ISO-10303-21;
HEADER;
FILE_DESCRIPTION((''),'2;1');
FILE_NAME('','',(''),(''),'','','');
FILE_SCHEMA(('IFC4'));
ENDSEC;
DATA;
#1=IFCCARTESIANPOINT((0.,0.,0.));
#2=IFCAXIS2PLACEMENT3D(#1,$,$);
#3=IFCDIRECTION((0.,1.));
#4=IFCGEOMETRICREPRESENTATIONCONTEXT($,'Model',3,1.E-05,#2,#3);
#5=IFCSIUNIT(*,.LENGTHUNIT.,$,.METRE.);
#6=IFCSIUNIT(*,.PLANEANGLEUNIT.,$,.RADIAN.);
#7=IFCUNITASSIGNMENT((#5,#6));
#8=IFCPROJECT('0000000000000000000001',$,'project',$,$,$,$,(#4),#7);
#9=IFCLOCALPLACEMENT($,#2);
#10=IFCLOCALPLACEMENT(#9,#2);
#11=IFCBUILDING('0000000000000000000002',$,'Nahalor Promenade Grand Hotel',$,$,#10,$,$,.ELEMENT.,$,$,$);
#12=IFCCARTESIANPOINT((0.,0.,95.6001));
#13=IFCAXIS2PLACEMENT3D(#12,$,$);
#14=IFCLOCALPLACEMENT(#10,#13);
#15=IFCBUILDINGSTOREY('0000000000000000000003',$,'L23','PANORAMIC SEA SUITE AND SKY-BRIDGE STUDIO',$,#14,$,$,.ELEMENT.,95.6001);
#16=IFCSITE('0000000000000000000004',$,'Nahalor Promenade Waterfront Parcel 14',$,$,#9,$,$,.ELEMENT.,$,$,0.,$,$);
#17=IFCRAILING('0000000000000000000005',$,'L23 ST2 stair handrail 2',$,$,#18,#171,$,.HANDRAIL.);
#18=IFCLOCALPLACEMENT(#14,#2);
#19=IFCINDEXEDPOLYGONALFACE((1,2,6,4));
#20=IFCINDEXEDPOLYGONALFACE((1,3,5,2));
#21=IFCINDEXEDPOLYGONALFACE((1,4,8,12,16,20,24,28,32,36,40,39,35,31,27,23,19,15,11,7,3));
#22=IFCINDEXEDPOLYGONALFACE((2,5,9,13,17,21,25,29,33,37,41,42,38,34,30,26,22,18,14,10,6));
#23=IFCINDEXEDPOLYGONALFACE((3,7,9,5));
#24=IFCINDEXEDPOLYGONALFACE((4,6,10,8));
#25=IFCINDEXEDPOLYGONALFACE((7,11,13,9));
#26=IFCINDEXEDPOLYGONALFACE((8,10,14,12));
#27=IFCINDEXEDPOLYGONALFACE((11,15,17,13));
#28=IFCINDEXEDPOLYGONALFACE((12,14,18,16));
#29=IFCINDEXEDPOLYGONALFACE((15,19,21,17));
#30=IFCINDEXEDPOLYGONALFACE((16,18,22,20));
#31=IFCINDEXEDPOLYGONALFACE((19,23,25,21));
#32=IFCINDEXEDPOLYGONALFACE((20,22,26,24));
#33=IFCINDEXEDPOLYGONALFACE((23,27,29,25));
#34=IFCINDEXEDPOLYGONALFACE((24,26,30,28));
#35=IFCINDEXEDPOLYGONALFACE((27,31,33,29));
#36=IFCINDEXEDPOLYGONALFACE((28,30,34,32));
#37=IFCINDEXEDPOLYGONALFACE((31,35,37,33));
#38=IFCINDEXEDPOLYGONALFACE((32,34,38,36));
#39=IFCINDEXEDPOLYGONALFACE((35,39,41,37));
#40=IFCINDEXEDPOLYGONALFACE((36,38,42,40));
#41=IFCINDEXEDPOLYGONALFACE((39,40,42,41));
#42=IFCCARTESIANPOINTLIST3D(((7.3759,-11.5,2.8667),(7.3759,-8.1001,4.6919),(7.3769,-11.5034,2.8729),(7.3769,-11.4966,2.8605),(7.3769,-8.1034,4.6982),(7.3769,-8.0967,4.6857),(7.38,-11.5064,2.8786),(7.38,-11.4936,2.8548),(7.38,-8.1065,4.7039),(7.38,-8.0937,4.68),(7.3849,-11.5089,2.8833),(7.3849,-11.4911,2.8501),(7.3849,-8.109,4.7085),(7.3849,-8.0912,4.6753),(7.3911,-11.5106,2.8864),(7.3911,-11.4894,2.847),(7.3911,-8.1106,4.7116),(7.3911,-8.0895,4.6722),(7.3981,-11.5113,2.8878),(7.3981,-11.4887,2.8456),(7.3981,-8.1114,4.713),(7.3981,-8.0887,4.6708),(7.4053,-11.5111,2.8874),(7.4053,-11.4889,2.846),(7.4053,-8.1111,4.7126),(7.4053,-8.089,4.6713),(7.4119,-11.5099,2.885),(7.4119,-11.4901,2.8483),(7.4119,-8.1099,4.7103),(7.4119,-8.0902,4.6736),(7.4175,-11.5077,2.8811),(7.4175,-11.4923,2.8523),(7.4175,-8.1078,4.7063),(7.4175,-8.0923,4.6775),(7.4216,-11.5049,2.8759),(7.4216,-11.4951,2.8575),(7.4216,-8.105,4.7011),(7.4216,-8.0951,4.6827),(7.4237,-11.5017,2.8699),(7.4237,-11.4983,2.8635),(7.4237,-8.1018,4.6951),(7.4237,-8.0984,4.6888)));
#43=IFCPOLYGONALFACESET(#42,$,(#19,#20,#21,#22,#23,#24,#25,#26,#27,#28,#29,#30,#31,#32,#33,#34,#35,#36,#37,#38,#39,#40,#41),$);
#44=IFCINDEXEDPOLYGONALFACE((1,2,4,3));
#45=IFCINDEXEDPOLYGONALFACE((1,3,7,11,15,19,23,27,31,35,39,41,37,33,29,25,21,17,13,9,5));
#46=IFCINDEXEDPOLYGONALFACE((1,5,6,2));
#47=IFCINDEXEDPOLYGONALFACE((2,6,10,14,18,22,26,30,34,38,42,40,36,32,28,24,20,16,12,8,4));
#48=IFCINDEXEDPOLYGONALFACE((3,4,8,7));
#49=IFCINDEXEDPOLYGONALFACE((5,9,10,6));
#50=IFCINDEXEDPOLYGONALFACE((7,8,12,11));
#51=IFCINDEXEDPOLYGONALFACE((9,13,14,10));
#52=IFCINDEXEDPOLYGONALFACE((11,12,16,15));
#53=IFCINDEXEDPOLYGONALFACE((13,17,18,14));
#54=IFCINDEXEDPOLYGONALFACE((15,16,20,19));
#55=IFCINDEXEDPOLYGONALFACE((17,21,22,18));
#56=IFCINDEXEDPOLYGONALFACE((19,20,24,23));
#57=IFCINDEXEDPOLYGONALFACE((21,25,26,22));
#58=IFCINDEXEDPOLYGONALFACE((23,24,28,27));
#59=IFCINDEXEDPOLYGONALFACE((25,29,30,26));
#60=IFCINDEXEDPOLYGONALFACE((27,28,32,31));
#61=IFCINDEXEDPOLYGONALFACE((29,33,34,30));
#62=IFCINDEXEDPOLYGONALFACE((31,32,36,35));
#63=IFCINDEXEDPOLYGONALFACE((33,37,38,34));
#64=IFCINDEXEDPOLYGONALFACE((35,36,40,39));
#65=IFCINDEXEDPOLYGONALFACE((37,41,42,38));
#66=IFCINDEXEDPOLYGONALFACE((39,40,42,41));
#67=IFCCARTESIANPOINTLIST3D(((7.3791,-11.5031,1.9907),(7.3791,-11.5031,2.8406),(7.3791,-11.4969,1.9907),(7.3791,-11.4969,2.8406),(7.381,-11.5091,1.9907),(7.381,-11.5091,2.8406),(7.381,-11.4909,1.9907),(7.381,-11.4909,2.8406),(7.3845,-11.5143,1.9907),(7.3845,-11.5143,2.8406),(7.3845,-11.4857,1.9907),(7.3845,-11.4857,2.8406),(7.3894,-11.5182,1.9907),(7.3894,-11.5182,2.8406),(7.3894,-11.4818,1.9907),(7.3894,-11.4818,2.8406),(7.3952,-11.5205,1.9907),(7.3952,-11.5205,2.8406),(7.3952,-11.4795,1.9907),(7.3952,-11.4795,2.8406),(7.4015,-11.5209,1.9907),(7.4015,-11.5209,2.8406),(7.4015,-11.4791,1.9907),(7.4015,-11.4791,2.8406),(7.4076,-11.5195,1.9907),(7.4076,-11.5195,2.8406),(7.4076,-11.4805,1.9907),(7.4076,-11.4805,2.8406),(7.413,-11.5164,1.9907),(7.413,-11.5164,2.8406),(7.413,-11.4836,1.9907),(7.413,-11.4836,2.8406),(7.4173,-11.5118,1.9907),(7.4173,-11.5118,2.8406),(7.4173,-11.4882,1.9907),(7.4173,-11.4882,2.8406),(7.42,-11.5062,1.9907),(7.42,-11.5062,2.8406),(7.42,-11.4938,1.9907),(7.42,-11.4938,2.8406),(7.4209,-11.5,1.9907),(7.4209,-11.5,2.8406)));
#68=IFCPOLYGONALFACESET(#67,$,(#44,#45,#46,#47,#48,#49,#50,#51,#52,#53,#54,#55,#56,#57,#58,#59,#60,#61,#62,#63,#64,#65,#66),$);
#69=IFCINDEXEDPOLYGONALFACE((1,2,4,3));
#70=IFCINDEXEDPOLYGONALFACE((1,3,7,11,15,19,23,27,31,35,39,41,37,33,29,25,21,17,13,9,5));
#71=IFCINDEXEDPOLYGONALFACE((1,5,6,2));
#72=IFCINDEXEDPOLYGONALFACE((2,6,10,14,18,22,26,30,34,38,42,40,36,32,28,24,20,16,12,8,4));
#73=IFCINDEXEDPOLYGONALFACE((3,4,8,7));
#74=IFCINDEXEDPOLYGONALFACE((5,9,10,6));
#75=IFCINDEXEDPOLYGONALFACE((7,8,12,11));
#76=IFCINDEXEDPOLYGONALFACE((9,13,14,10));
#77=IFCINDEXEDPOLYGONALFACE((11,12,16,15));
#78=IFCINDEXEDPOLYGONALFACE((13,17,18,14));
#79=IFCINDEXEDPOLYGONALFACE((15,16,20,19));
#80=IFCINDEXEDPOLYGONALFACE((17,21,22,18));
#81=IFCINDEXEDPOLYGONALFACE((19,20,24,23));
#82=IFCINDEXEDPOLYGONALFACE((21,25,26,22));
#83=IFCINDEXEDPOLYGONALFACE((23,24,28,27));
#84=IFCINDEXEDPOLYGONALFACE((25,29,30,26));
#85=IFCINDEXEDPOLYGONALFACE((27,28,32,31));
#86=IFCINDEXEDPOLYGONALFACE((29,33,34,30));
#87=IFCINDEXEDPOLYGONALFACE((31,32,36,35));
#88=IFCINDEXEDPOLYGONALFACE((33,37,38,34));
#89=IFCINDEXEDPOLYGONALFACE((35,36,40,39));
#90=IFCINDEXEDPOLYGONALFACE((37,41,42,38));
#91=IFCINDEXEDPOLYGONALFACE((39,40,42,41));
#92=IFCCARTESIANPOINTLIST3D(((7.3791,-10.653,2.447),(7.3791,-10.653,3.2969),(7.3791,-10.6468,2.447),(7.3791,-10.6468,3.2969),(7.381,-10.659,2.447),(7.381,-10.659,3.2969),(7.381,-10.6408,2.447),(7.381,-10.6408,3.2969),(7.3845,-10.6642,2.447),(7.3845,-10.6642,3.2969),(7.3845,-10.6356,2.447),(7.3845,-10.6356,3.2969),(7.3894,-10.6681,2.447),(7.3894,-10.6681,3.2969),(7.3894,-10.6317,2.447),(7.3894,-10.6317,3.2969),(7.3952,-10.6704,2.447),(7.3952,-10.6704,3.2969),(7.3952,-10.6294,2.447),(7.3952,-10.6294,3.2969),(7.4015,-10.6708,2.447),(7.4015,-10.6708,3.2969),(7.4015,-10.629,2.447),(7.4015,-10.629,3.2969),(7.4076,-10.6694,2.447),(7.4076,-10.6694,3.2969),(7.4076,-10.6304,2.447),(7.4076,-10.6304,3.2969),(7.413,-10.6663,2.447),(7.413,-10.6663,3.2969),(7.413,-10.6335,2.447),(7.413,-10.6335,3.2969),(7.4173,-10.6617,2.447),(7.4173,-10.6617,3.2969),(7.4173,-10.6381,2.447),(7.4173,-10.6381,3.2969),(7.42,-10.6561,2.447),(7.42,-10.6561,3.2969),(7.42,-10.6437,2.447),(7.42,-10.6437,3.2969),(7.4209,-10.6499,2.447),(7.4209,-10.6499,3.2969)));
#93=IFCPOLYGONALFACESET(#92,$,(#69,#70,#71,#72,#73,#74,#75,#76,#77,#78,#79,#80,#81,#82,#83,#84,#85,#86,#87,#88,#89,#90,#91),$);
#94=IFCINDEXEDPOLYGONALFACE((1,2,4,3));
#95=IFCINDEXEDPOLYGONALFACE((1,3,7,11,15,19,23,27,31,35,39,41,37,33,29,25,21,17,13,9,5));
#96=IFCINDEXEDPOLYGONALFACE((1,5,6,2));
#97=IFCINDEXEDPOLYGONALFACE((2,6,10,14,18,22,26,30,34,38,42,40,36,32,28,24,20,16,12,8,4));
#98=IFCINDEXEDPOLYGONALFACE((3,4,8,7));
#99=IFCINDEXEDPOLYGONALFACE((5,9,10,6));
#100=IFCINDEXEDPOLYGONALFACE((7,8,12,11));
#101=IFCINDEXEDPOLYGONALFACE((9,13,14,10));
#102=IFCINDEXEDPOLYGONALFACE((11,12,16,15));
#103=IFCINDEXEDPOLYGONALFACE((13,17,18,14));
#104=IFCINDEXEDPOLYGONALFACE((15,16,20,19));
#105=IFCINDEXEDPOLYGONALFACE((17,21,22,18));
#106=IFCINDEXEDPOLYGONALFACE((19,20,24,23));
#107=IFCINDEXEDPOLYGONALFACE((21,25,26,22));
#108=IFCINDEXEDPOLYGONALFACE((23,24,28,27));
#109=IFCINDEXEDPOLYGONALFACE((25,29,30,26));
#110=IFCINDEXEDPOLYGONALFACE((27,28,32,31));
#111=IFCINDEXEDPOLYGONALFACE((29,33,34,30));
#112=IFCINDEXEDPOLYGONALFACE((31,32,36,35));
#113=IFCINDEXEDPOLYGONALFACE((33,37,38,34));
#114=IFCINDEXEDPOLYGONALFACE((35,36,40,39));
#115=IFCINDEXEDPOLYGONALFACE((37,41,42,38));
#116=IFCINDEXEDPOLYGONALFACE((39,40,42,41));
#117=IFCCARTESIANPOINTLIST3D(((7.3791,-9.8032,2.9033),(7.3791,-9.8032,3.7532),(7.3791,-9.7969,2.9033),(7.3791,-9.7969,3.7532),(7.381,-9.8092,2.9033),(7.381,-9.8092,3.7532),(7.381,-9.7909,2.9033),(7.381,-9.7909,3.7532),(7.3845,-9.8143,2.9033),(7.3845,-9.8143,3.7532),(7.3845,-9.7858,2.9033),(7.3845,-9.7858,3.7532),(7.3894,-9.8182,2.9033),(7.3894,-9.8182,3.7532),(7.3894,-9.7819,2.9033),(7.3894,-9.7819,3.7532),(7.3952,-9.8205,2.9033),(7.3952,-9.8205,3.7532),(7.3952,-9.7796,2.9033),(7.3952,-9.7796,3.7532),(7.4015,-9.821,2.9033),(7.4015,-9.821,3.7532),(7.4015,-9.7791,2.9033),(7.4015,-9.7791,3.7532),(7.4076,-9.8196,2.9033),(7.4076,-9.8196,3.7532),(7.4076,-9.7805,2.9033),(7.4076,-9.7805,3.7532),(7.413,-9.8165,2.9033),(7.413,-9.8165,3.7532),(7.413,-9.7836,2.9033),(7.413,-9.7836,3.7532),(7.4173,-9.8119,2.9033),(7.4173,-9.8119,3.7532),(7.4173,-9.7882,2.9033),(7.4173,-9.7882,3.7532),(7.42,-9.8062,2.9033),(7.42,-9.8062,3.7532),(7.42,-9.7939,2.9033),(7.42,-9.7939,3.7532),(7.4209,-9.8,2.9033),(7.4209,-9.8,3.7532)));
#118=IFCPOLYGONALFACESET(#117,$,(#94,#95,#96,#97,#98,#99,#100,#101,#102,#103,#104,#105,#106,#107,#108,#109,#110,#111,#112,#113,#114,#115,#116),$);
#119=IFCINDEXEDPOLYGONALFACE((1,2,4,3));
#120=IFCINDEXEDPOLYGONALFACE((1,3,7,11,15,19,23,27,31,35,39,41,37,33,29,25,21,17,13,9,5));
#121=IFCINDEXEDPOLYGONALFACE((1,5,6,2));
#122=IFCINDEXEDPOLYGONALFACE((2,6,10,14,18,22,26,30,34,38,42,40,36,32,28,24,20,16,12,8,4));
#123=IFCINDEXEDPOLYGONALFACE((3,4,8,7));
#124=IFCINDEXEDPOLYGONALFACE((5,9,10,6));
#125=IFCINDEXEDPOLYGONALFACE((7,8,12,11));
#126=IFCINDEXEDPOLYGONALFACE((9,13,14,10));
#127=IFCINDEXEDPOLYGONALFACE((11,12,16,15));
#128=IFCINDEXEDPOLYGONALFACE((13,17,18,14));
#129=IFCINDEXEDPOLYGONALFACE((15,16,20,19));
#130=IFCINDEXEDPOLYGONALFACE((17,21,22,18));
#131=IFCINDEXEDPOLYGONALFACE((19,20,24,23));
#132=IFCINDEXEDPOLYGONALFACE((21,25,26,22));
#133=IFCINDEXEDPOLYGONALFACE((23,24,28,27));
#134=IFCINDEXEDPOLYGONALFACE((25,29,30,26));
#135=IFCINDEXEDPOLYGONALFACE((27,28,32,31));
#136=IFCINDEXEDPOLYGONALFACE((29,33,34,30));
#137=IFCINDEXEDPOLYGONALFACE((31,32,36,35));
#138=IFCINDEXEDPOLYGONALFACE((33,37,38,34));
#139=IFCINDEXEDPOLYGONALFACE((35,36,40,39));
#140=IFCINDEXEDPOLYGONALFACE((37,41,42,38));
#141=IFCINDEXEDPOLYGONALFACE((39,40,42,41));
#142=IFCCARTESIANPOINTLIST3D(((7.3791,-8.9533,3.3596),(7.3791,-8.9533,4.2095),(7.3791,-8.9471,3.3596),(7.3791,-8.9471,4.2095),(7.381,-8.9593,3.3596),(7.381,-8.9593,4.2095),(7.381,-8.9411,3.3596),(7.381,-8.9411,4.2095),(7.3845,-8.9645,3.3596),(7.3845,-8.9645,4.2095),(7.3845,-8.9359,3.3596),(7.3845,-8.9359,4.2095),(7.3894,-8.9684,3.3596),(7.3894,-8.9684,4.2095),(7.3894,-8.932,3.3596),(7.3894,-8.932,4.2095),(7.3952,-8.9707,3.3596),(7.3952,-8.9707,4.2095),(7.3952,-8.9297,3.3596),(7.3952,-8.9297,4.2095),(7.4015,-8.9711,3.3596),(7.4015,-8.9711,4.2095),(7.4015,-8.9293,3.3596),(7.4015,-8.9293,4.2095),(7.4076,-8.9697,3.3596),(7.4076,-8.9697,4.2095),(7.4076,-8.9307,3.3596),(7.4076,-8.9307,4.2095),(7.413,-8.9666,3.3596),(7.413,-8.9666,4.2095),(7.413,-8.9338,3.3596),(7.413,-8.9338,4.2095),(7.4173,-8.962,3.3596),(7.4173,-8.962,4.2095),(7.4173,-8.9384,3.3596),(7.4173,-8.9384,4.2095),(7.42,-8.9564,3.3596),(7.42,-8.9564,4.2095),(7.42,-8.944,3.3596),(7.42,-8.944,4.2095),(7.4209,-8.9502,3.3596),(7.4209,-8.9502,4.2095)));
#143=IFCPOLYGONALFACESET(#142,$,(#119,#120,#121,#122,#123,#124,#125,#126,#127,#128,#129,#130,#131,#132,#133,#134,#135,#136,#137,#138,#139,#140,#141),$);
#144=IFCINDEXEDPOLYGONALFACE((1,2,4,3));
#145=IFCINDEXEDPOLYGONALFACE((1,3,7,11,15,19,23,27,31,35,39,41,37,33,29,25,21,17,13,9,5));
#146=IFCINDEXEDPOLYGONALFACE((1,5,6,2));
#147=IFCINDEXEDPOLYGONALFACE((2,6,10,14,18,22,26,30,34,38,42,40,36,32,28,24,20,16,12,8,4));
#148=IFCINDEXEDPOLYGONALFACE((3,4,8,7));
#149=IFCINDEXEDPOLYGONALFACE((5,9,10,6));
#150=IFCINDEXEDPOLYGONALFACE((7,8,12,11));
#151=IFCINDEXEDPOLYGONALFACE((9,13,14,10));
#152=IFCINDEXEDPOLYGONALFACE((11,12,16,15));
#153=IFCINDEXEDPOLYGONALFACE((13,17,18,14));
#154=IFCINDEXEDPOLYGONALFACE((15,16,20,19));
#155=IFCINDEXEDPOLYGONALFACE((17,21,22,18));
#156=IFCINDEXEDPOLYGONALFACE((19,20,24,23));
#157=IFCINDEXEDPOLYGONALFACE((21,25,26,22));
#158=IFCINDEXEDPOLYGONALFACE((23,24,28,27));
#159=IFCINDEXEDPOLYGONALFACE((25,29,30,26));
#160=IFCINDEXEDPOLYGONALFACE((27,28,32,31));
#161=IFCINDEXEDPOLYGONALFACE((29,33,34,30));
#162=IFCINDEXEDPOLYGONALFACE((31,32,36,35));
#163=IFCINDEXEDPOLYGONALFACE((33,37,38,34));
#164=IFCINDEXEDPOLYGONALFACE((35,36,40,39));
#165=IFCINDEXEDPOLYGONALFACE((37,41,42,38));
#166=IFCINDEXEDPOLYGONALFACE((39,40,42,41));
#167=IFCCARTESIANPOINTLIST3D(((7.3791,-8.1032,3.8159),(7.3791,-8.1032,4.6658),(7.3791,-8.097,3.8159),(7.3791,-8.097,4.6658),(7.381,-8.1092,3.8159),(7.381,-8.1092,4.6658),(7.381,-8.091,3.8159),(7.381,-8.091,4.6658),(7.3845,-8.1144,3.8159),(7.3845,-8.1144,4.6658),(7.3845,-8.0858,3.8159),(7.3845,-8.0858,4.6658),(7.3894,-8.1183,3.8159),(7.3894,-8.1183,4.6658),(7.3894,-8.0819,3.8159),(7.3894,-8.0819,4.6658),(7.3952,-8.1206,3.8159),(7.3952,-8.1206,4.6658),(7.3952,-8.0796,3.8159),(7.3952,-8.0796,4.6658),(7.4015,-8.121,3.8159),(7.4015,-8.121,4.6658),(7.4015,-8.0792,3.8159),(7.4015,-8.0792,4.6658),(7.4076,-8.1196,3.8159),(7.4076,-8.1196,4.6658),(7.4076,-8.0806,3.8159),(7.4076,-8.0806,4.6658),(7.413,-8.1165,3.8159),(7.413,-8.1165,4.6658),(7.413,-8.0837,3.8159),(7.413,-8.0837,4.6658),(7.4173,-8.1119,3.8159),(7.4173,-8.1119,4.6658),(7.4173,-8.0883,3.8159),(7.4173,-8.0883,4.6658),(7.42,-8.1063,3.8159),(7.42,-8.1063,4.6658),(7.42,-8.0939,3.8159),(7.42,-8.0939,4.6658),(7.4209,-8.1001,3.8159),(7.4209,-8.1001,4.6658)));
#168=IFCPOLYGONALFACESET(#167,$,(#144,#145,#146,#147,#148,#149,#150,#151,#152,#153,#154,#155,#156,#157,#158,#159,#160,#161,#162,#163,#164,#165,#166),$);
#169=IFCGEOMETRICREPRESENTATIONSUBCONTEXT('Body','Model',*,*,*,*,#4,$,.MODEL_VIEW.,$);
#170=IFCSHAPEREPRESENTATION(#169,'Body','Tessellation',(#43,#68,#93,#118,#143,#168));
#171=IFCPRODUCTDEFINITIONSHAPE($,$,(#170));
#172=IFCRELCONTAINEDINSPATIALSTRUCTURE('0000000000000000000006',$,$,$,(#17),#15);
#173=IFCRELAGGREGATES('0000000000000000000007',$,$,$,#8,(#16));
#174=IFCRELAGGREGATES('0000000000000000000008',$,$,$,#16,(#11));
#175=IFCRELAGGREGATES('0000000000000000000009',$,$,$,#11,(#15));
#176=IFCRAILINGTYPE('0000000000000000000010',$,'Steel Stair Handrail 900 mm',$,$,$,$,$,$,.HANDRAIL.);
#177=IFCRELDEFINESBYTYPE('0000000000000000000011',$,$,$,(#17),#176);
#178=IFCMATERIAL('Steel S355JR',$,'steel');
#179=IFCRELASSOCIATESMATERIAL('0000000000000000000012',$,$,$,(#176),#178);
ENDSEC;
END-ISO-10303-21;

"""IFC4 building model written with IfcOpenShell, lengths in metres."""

from ifc_helpers import new_model, si_unit, direction, frame, origin, origin_2d, place, context, subcontext, project, spatial, circle, extrude, material, type_object, element, save


model = new_model("IFC4")

# Units and contexts
model_context = context("Model", 3, precision=1e-05, world=origin(), true_north=direction((0.0, 1.0)))
body_context = subcontext(model_context, "Body", "Model", "MODEL_VIEW")
ifc_project = project(units=[si_unit("LENGTHUNIT", "METRE"), si_unit("PLANEANGLEUNIT", "RADIAN")], contexts=[model_context])

# Site, building, storey
site_placement = place(None, origin())
site = spatial("IfcSite", under=ifc_project, at=site_placement, Name="Nahalor Promenade Waterfront Parcel 14", CompositionType="ELEMENT", RefElevation=0.0)
building_placement = place(site_placement, origin())
building = spatial("IfcBuilding", under=site, at=building_placement, Name="Nahalor Promenade Grand Hotel", CompositionType="ELEMENT")
storey_placement = place(building_placement, frame((0.0, 0.0, 95.6001)))
storey = spatial("IfcBuildingStorey", under=building, at=storey_placement, Name="L23", Description="PANORAMIC SEA SUITE AND SKY-BRIDGE STUDIO", CompositionType="ELEMENT", Elevation=95.6001)

# Shared definitions
ifc_material_1 = material(Name="Steel S355JR", Category="steel")

# Railing
railing_type_1 = type_object("IfcRailingType", Name="Steel Stair Handrail 900 mm", PredefinedType="HANDRAIL", material=ifc_material_1)
railing_1_placement = place(storey_placement, frame((7.3999, -11.5, 1.9907)))
element("IfcRailing", 1, at=railing_1_placement, inside=storey, type_object=railing_type_1, Name="L23 ST2 stair handrail 2", PredefinedType="HANDRAIL", context=body_context, shape_type="SweptSolid", body=[
    extrude(circle(Radius=0.024, at=origin_2d()), frame((0.0, 0.0, 0.876), z_axis=(0.0, 0.881068, 0.47299), x_axis=(-1.0, 0.0, 0.0)), (0.0, 0.0, 1.0), 3.8589),
    extrude(circle(Radius=0.021, at=origin_2d()), origin(), (0.0, 0.0, 1.0), 0.8499),
    extrude(circle(Radius=0.021, at=origin_2d()), frame((0.0, 0.8501, 0.4563)), (0.0, 0.0, 1.0), 0.8499),
    extrude(circle(Radius=0.021, at=origin_2d()), frame((0.0, 1.7, 0.9126)), (0.0, 0.0, 1.0), 0.8499),
    extrude(circle(Radius=0.021, at=origin_2d()), frame((0.0, 2.5498, 1.3689)), (0.0, 0.0, 1.0), 0.8499),
    extrude(circle(Radius=0.021, at=origin_2d()), frame((0.0, 3.3999, 1.8252)), (0.0, 0.0, 1.0), 0.8499),
])

save(model, "model.ifc")
